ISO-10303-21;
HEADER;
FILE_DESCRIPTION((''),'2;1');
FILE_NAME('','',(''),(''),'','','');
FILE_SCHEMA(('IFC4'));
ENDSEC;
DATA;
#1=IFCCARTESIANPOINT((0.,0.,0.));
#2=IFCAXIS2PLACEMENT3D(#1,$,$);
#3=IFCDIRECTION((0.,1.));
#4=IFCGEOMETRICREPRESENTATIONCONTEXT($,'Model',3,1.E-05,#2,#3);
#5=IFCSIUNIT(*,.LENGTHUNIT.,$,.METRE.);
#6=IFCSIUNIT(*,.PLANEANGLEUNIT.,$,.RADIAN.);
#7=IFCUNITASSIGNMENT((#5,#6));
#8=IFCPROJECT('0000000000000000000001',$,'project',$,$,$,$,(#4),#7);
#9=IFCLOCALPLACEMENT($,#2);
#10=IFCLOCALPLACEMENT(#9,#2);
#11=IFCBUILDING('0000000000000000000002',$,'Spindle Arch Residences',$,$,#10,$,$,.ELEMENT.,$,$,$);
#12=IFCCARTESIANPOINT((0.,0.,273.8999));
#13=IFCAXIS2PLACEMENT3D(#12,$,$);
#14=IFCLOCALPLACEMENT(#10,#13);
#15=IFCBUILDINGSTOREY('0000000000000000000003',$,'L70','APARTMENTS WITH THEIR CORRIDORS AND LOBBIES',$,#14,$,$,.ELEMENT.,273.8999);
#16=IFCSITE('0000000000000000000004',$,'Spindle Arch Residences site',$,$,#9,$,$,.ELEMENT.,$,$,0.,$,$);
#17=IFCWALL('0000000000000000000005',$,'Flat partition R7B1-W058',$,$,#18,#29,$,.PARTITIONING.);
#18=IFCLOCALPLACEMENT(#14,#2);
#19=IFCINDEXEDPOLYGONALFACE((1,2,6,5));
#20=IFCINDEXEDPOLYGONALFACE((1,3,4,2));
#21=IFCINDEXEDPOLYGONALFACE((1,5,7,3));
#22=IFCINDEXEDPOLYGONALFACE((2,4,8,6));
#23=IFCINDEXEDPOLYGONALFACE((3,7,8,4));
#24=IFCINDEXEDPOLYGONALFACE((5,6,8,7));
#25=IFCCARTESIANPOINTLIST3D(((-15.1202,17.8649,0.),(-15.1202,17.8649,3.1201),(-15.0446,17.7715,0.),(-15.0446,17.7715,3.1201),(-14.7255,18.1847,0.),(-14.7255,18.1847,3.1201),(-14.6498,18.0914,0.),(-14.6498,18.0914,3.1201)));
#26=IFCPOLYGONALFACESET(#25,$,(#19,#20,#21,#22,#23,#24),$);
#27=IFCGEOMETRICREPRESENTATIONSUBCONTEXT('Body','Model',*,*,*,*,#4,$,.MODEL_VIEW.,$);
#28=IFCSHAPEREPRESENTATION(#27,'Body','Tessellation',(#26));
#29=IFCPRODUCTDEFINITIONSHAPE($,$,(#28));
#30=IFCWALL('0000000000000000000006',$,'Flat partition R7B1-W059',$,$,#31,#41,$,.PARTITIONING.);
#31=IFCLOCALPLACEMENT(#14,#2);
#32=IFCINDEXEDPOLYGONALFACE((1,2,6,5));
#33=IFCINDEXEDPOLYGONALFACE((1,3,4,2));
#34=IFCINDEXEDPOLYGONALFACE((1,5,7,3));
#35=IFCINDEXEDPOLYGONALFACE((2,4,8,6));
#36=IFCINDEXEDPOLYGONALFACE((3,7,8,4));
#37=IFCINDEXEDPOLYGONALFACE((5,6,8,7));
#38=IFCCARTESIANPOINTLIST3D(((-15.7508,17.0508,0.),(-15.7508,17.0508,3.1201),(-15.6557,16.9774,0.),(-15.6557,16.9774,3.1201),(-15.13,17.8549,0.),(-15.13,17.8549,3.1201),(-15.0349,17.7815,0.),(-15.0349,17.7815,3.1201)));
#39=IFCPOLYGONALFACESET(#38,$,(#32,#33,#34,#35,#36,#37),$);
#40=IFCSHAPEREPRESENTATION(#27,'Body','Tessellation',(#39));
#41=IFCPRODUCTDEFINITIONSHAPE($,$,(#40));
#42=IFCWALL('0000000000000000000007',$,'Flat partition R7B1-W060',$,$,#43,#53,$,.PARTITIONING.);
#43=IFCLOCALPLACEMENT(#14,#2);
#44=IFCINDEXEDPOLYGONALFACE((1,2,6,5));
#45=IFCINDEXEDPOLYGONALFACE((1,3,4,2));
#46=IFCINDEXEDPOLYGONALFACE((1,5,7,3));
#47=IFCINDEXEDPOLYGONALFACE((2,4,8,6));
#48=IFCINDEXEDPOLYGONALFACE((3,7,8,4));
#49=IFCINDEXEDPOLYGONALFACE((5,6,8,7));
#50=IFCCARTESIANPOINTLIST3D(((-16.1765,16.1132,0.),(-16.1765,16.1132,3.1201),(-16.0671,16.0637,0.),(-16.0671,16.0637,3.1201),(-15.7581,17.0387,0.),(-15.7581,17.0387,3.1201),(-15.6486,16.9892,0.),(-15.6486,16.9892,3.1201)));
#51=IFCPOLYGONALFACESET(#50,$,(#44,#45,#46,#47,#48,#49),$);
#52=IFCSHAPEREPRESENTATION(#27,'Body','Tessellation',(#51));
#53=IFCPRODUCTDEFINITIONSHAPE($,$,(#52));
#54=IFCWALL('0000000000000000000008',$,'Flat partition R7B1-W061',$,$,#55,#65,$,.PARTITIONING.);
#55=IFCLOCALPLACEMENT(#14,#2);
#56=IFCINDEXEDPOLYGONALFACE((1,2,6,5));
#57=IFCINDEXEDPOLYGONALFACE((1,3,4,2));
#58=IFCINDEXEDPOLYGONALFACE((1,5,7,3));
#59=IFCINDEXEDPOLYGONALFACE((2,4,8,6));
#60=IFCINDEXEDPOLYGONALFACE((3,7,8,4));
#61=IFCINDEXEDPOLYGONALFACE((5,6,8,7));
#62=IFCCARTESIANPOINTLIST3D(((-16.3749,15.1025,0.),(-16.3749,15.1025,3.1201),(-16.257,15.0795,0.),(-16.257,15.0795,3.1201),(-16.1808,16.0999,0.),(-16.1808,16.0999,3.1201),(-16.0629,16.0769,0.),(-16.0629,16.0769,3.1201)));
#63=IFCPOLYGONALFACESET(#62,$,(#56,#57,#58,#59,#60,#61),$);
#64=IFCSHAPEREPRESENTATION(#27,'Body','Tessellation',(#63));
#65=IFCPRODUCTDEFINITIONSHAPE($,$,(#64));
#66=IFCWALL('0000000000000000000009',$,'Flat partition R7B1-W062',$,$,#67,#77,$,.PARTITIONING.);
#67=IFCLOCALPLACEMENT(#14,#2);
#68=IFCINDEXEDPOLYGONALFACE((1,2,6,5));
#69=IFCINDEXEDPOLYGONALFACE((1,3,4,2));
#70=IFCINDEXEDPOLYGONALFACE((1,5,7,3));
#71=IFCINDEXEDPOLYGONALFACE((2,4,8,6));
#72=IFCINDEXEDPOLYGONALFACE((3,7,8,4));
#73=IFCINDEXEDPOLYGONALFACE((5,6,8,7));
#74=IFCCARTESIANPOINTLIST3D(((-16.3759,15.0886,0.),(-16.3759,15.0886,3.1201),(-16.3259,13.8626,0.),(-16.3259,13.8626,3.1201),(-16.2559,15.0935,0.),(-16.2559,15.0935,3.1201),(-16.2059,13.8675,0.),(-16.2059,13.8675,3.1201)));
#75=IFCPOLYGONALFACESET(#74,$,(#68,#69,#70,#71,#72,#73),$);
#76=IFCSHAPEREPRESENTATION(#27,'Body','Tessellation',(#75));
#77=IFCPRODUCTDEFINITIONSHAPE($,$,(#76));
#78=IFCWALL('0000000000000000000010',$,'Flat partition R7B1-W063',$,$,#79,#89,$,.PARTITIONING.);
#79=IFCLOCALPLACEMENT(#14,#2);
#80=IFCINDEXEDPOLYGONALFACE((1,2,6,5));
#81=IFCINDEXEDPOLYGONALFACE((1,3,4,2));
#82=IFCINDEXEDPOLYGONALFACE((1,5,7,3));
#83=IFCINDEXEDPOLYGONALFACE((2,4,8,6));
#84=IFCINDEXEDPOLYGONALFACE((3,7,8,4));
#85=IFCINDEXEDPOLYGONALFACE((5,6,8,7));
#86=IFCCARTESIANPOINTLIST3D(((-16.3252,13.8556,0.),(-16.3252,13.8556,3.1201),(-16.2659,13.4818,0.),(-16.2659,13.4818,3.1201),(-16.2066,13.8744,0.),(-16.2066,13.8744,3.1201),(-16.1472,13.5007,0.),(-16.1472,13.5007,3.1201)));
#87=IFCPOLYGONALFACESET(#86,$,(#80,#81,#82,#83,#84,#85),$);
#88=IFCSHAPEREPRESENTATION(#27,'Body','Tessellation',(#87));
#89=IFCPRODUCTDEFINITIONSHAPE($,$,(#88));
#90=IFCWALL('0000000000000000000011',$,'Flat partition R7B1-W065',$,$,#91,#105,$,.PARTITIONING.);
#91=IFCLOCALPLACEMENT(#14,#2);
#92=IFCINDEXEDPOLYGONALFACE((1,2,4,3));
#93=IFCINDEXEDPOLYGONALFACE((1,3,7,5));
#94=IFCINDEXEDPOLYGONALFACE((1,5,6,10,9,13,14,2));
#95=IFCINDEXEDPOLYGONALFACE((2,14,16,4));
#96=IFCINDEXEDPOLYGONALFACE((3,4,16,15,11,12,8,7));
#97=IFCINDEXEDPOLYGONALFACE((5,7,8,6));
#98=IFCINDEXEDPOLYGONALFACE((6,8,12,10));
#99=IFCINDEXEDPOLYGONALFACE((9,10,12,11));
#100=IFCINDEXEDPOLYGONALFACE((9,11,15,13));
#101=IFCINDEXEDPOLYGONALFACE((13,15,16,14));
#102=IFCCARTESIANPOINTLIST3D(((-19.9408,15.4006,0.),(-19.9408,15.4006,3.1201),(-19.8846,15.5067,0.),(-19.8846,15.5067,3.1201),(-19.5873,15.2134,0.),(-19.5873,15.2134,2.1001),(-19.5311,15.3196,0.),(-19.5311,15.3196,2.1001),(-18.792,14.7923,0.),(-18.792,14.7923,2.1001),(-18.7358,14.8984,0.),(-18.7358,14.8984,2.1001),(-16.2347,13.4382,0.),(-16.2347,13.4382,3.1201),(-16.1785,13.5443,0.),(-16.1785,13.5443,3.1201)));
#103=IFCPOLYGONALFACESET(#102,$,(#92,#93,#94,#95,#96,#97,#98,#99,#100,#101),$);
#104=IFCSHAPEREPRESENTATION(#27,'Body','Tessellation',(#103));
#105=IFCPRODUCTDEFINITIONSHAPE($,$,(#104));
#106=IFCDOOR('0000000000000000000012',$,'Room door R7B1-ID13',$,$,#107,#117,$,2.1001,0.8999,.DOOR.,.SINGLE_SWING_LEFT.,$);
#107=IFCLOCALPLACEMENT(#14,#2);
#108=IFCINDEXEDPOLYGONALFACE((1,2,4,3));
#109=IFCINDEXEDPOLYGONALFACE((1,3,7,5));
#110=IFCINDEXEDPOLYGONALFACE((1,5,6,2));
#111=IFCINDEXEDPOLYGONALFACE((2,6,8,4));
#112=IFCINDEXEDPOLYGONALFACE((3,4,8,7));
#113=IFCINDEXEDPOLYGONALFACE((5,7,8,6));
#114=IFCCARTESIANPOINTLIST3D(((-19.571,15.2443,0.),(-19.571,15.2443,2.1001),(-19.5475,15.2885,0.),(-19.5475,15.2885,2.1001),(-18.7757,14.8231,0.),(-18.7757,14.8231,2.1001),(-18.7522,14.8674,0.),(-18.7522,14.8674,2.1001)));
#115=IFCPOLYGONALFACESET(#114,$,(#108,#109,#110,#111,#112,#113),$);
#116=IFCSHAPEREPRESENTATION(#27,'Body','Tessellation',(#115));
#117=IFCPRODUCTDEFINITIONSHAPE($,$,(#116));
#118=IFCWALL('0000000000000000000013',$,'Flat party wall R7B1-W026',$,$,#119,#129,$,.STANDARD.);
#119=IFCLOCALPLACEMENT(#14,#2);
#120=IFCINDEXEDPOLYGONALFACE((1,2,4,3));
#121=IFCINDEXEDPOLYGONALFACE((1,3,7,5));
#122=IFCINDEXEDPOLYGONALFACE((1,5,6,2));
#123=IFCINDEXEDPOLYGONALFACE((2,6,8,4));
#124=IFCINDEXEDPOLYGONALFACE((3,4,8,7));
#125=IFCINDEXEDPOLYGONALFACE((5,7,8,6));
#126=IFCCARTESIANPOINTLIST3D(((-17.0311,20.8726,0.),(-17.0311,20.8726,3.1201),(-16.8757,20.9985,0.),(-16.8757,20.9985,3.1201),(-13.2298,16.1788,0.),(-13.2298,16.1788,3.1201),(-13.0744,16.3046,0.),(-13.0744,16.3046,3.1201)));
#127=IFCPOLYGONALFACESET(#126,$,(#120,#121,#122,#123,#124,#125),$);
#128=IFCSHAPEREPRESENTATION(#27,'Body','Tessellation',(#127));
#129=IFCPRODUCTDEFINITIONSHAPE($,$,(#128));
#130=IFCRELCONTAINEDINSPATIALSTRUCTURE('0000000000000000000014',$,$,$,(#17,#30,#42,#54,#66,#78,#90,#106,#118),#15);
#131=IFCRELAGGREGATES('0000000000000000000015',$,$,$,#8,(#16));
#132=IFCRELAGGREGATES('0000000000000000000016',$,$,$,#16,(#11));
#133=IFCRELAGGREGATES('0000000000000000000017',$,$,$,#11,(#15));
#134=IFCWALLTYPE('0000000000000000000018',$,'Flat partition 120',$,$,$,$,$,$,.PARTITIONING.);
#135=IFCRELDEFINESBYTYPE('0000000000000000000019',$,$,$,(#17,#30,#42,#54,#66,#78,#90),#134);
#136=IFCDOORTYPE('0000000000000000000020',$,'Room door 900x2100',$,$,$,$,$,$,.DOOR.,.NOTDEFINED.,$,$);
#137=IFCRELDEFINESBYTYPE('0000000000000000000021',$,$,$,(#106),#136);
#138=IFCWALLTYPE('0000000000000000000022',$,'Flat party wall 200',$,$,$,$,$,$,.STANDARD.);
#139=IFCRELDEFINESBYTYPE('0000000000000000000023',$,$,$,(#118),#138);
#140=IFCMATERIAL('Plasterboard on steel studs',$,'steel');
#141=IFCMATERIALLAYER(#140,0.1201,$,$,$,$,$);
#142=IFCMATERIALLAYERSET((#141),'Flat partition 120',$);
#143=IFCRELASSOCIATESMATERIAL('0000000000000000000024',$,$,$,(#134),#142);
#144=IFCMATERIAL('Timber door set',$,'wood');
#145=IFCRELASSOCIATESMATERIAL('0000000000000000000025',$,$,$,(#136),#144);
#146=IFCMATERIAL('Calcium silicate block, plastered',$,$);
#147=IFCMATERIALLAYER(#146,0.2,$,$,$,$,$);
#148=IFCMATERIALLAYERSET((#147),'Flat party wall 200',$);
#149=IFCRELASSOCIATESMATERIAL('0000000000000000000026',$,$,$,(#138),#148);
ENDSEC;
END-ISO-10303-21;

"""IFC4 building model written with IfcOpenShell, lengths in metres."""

from ifc_helpers import new_model, si_unit, direction, frame, frame_2d, origin, place, context, subcontext, project, spatial, rectangle, extrude, material, layer, layer_set, type_object, element, fill, save


model = new_model("IFC4")

# Units and contexts
model_context = context("Model", 3, precision=1e-05, world=origin(), true_north=direction((0.0, 1.0)))
body_context = subcontext(model_context, "Body", "Model", "MODEL_VIEW")
ifc_project = project(units=[si_unit("LENGTHUNIT", "METRE"), si_unit("PLANEANGLEUNIT", "RADIAN")], contexts=[model_context])

# Site, building, storey
site_placement = place(None, origin())
site = spatial("IfcSite", under=ifc_project, at=site_placement, Name="Spindle Arch Residences site", CompositionType="ELEMENT", RefElevation=0.0)
building_placement = place(site_placement, origin())
building = spatial("IfcBuilding", under=site, at=building_placement, Name="Spindle Arch Residences", CompositionType="ELEMENT")
storey_placement = place(building_placement, frame((0.0, 0.0, 273.8999)))
storey = spatial("IfcBuildingStorey", under=building, at=storey_placement, Name="L70", Description="APARTMENTS WITH THEIR CORRIDORS AND LOBBIES", CompositionType="ELEMENT", Elevation=273.8999)

# Walls
ifc_material_1 = material(Name="Plasterboard on steel studs", Category="steel")
ifc_layer_1 = layer(ifc_material_1, 0.1201)
ifc_layer_set_1 = layer_set([ifc_layer_1], Name="Flat partition 120")
wall_type_1 = type_object("IfcWallType", Name="Flat partition 120", PredefinedType="PARTITIONING", material=ifc_layer_set_1)
wall_1_placement = place(storey_placement, frame((-14.6877, 18.1379, 0.0), z_axis=(0.0, 0.0, 1.0), x_axis=(-0.77701, -0.629488, 0.0)))
element("IfcWall", 1, at=wall_1_placement, inside=storey, type_object=wall_type_1, Name="Flat partition R7B1-W058", PredefinedType="PARTITIONING", context=body_context, shape_type="SweptSolid", body=[
    extrude(rectangle(XDim=0.5081, YDim=0.1201, at=frame_2d((0.2539, 0.0))), origin(), (0.0, 0.0, 1.0), 3.1201),
])
wall_2_placement = place(storey_placement, frame((-15.0825, 17.8181, 0.0), z_axis=(0.0, 0.0, 1.0), x_axis=(-0.611092, -0.79156, 0.0)))
element("IfcWall", 2, at=wall_2_placement, inside=storey, type_object=wall_type_1, Name="Flat partition R7B1-W059", PredefinedType="PARTITIONING", context=body_context, shape_type="SweptSolid", body=[
    extrude(rectangle(XDim=1.0159, YDim=0.1201, at=frame_2d((0.5078, 0.0))), origin(), (0.0, 0.0, 1.0), 3.1201),
])
wall_3_placement = place(storey_placement, frame((-15.7034, 17.0139, 0.0), z_axis=(0.0, 0.0, 1.0), x_axis=(-0.411973, -0.911196, 0.0)))
element("IfcWall", 3, at=wall_3_placement, inside=storey, type_object=wall_type_1, Name="Flat partition R7B1-W060", PredefinedType="PARTITIONING", context=body_context, shape_type="SweptSolid", body=[
    extrude(rectangle(XDim=1.0156, YDim=0.1201, at=frame_2d((0.5078, 0.0))), origin(), (0.0, 0.0, 1.0), 3.1201),
])
wall_4_placement = place(storey_placement, frame((-16.1218, 16.0884, 0.0), z_axis=(0.0, 0.0, 1.0), x_axis=(-0.19103, -0.981584, 0.0)))
element("IfcWall", 4, at=wall_4_placement, inside=storey, type_object=wall_type_1, Name="Flat partition R7B1-W061", PredefinedType="PARTITIONING", context=body_context, shape_type="SweptSolid", body=[
    extrude(rectangle(XDim=1.0161, YDim=0.1201, at=frame_2d((0.5081, 0.0))), origin(), (0.0, 0.0, 1.0), 3.1201),
])
wall_5_placement = place(storey_placement, frame((-16.3159, 15.0911, 0.0), z_axis=(0.0, 0.0, 1.0), x_axis=(0.040786, -0.999168, 0.0)))
element("IfcWall", 5, at=wall_5_placement, inside=storey, type_object=wall_type_1, Name="Flat partition R7B1-W062", PredefinedType="PARTITIONING", context=body_context, shape_type="SweptSolid", body=[
    extrude(rectangle(XDim=1.2271, YDim=0.1201, at=frame_2d((0.6135, 0.0))), origin(), (0.0, 0.0, 1.0), 3.1201),
])
wall_6_placement = place(storey_placement, frame((-16.2659, 13.865, 0.0), z_axis=(0.0, 0.0, 1.0), x_axis=(0.156758, -0.987637, 0.0)))
element("IfcWall", 6, at=wall_6_placement, inside=storey, type_object=wall_type_1, Name="Flat partition R7B1-W063", PredefinedType="PARTITIONING", context=body_context, shape_type="SweptSolid", body=[
    extrude(rectangle(XDim=0.3784, YDim=0.1201, at=frame_2d((0.1892, 0.0))), origin(), (0.0, 0.0, 1.0), 3.1201),
])

# Wall, opening, door
wall_7_placement = place(storey_placement, frame((-19.9126, 15.4536, 0.0), z_axis=(0.0, 0.0, 1.0), x_axis=(0.883751, -0.467957, 0.0)))
wall_7 = element("IfcWall", 7, at=wall_7_placement, inside=storey, type_object=wall_type_1, Name="Flat partition R7B1-W065", PredefinedType="PARTITIONING", context=body_context, shape_type="SweptSolid", body=[
    extrude(rectangle(XDim=4.1936, YDim=0.1201, at=frame_2d((2.0967, 0.0))), origin(), (0.0, 0.0, 1.0), 3.1201),
])
opening_placement = place(wall_7_placement, frame((0.3999, 0.0, 0.0)))
opening = element("IfcOpeningElement", 8, at=opening_placement, cuts=wall_7, PredefinedType="OPENING", context=body_context, shape_type="SweptSolid", body=[
    extrude(rectangle(XDim=0.8999, YDim=2.1001, at=frame_2d((0.45, 1.05))), frame((0.0, 0.0701, 0.0), z_axis=(0.0, -1.0, 0.0), x_axis=(1.0, 0.0, 0.0)), (0.0, 0.0, 1.0), 0.1401),
])
ifc_material_2 = material(Name="Timber door set", Category="wood")
door_type = type_object("IfcDoorType", Name="Room door 900x2100", OperationType="NOTDEFINED", PredefinedType="DOOR", material=ifc_material_2)
door_placement = place(opening_placement, origin())
door = element("IfcDoor", 9, at=door_placement, inside=storey, type_object=door_type, Name="Room door R7B1-ID13", OperationType="SINGLE_SWING_LEFT", OverallHeight=2.1001, OverallWidth=0.8999, PredefinedType="DOOR", context=body_context, shape_type="SweptSolid", body=[
    extrude(rectangle(XDim=0.8999, YDim=2.1001, at=frame_2d((0.45, 1.05))), frame((0.0, 0.0249, 0.0), z_axis=(0.0, -1.0, 0.0), x_axis=(1.0, 0.0, 0.0)), (0.0, 0.0, 1.0), 0.05),
])
fill(opening, door)

# Wall
ifc_material_3 = material(Name="Calcium silicate block, plastered")
ifc_layer_2 = layer(ifc_material_3, 0.2)
ifc_layer_set_2 = layer_set([ifc_layer_2], Name="Flat party wall 200")
wall_type_2 = type_object("IfcWallType", Name="Flat party wall 200", PredefinedType="STANDARD", material=ifc_layer_set_2)
wall_8_placement = place(storey_placement, frame((-16.9534, 20.9355, 0.0), z_axis=(0.0, 0.0, 1.0), x_axis=(0.629347, -0.777124, 0.0)))
element("IfcWall", 10, at=wall_8_placement, inside=storey, type_object=wall_type_2, Name="Flat party wall R7B1-W026", PredefinedType="STANDARD", context=body_context, shape_type="SweptSolid", body=[
    extrude(rectangle(XDim=6.04, YDim=0.2, at=frame_2d((3.02, 0.0))), origin(), (0.0, 0.0, 1.0), 3.1201),
])

save(model, "model.ifc")
